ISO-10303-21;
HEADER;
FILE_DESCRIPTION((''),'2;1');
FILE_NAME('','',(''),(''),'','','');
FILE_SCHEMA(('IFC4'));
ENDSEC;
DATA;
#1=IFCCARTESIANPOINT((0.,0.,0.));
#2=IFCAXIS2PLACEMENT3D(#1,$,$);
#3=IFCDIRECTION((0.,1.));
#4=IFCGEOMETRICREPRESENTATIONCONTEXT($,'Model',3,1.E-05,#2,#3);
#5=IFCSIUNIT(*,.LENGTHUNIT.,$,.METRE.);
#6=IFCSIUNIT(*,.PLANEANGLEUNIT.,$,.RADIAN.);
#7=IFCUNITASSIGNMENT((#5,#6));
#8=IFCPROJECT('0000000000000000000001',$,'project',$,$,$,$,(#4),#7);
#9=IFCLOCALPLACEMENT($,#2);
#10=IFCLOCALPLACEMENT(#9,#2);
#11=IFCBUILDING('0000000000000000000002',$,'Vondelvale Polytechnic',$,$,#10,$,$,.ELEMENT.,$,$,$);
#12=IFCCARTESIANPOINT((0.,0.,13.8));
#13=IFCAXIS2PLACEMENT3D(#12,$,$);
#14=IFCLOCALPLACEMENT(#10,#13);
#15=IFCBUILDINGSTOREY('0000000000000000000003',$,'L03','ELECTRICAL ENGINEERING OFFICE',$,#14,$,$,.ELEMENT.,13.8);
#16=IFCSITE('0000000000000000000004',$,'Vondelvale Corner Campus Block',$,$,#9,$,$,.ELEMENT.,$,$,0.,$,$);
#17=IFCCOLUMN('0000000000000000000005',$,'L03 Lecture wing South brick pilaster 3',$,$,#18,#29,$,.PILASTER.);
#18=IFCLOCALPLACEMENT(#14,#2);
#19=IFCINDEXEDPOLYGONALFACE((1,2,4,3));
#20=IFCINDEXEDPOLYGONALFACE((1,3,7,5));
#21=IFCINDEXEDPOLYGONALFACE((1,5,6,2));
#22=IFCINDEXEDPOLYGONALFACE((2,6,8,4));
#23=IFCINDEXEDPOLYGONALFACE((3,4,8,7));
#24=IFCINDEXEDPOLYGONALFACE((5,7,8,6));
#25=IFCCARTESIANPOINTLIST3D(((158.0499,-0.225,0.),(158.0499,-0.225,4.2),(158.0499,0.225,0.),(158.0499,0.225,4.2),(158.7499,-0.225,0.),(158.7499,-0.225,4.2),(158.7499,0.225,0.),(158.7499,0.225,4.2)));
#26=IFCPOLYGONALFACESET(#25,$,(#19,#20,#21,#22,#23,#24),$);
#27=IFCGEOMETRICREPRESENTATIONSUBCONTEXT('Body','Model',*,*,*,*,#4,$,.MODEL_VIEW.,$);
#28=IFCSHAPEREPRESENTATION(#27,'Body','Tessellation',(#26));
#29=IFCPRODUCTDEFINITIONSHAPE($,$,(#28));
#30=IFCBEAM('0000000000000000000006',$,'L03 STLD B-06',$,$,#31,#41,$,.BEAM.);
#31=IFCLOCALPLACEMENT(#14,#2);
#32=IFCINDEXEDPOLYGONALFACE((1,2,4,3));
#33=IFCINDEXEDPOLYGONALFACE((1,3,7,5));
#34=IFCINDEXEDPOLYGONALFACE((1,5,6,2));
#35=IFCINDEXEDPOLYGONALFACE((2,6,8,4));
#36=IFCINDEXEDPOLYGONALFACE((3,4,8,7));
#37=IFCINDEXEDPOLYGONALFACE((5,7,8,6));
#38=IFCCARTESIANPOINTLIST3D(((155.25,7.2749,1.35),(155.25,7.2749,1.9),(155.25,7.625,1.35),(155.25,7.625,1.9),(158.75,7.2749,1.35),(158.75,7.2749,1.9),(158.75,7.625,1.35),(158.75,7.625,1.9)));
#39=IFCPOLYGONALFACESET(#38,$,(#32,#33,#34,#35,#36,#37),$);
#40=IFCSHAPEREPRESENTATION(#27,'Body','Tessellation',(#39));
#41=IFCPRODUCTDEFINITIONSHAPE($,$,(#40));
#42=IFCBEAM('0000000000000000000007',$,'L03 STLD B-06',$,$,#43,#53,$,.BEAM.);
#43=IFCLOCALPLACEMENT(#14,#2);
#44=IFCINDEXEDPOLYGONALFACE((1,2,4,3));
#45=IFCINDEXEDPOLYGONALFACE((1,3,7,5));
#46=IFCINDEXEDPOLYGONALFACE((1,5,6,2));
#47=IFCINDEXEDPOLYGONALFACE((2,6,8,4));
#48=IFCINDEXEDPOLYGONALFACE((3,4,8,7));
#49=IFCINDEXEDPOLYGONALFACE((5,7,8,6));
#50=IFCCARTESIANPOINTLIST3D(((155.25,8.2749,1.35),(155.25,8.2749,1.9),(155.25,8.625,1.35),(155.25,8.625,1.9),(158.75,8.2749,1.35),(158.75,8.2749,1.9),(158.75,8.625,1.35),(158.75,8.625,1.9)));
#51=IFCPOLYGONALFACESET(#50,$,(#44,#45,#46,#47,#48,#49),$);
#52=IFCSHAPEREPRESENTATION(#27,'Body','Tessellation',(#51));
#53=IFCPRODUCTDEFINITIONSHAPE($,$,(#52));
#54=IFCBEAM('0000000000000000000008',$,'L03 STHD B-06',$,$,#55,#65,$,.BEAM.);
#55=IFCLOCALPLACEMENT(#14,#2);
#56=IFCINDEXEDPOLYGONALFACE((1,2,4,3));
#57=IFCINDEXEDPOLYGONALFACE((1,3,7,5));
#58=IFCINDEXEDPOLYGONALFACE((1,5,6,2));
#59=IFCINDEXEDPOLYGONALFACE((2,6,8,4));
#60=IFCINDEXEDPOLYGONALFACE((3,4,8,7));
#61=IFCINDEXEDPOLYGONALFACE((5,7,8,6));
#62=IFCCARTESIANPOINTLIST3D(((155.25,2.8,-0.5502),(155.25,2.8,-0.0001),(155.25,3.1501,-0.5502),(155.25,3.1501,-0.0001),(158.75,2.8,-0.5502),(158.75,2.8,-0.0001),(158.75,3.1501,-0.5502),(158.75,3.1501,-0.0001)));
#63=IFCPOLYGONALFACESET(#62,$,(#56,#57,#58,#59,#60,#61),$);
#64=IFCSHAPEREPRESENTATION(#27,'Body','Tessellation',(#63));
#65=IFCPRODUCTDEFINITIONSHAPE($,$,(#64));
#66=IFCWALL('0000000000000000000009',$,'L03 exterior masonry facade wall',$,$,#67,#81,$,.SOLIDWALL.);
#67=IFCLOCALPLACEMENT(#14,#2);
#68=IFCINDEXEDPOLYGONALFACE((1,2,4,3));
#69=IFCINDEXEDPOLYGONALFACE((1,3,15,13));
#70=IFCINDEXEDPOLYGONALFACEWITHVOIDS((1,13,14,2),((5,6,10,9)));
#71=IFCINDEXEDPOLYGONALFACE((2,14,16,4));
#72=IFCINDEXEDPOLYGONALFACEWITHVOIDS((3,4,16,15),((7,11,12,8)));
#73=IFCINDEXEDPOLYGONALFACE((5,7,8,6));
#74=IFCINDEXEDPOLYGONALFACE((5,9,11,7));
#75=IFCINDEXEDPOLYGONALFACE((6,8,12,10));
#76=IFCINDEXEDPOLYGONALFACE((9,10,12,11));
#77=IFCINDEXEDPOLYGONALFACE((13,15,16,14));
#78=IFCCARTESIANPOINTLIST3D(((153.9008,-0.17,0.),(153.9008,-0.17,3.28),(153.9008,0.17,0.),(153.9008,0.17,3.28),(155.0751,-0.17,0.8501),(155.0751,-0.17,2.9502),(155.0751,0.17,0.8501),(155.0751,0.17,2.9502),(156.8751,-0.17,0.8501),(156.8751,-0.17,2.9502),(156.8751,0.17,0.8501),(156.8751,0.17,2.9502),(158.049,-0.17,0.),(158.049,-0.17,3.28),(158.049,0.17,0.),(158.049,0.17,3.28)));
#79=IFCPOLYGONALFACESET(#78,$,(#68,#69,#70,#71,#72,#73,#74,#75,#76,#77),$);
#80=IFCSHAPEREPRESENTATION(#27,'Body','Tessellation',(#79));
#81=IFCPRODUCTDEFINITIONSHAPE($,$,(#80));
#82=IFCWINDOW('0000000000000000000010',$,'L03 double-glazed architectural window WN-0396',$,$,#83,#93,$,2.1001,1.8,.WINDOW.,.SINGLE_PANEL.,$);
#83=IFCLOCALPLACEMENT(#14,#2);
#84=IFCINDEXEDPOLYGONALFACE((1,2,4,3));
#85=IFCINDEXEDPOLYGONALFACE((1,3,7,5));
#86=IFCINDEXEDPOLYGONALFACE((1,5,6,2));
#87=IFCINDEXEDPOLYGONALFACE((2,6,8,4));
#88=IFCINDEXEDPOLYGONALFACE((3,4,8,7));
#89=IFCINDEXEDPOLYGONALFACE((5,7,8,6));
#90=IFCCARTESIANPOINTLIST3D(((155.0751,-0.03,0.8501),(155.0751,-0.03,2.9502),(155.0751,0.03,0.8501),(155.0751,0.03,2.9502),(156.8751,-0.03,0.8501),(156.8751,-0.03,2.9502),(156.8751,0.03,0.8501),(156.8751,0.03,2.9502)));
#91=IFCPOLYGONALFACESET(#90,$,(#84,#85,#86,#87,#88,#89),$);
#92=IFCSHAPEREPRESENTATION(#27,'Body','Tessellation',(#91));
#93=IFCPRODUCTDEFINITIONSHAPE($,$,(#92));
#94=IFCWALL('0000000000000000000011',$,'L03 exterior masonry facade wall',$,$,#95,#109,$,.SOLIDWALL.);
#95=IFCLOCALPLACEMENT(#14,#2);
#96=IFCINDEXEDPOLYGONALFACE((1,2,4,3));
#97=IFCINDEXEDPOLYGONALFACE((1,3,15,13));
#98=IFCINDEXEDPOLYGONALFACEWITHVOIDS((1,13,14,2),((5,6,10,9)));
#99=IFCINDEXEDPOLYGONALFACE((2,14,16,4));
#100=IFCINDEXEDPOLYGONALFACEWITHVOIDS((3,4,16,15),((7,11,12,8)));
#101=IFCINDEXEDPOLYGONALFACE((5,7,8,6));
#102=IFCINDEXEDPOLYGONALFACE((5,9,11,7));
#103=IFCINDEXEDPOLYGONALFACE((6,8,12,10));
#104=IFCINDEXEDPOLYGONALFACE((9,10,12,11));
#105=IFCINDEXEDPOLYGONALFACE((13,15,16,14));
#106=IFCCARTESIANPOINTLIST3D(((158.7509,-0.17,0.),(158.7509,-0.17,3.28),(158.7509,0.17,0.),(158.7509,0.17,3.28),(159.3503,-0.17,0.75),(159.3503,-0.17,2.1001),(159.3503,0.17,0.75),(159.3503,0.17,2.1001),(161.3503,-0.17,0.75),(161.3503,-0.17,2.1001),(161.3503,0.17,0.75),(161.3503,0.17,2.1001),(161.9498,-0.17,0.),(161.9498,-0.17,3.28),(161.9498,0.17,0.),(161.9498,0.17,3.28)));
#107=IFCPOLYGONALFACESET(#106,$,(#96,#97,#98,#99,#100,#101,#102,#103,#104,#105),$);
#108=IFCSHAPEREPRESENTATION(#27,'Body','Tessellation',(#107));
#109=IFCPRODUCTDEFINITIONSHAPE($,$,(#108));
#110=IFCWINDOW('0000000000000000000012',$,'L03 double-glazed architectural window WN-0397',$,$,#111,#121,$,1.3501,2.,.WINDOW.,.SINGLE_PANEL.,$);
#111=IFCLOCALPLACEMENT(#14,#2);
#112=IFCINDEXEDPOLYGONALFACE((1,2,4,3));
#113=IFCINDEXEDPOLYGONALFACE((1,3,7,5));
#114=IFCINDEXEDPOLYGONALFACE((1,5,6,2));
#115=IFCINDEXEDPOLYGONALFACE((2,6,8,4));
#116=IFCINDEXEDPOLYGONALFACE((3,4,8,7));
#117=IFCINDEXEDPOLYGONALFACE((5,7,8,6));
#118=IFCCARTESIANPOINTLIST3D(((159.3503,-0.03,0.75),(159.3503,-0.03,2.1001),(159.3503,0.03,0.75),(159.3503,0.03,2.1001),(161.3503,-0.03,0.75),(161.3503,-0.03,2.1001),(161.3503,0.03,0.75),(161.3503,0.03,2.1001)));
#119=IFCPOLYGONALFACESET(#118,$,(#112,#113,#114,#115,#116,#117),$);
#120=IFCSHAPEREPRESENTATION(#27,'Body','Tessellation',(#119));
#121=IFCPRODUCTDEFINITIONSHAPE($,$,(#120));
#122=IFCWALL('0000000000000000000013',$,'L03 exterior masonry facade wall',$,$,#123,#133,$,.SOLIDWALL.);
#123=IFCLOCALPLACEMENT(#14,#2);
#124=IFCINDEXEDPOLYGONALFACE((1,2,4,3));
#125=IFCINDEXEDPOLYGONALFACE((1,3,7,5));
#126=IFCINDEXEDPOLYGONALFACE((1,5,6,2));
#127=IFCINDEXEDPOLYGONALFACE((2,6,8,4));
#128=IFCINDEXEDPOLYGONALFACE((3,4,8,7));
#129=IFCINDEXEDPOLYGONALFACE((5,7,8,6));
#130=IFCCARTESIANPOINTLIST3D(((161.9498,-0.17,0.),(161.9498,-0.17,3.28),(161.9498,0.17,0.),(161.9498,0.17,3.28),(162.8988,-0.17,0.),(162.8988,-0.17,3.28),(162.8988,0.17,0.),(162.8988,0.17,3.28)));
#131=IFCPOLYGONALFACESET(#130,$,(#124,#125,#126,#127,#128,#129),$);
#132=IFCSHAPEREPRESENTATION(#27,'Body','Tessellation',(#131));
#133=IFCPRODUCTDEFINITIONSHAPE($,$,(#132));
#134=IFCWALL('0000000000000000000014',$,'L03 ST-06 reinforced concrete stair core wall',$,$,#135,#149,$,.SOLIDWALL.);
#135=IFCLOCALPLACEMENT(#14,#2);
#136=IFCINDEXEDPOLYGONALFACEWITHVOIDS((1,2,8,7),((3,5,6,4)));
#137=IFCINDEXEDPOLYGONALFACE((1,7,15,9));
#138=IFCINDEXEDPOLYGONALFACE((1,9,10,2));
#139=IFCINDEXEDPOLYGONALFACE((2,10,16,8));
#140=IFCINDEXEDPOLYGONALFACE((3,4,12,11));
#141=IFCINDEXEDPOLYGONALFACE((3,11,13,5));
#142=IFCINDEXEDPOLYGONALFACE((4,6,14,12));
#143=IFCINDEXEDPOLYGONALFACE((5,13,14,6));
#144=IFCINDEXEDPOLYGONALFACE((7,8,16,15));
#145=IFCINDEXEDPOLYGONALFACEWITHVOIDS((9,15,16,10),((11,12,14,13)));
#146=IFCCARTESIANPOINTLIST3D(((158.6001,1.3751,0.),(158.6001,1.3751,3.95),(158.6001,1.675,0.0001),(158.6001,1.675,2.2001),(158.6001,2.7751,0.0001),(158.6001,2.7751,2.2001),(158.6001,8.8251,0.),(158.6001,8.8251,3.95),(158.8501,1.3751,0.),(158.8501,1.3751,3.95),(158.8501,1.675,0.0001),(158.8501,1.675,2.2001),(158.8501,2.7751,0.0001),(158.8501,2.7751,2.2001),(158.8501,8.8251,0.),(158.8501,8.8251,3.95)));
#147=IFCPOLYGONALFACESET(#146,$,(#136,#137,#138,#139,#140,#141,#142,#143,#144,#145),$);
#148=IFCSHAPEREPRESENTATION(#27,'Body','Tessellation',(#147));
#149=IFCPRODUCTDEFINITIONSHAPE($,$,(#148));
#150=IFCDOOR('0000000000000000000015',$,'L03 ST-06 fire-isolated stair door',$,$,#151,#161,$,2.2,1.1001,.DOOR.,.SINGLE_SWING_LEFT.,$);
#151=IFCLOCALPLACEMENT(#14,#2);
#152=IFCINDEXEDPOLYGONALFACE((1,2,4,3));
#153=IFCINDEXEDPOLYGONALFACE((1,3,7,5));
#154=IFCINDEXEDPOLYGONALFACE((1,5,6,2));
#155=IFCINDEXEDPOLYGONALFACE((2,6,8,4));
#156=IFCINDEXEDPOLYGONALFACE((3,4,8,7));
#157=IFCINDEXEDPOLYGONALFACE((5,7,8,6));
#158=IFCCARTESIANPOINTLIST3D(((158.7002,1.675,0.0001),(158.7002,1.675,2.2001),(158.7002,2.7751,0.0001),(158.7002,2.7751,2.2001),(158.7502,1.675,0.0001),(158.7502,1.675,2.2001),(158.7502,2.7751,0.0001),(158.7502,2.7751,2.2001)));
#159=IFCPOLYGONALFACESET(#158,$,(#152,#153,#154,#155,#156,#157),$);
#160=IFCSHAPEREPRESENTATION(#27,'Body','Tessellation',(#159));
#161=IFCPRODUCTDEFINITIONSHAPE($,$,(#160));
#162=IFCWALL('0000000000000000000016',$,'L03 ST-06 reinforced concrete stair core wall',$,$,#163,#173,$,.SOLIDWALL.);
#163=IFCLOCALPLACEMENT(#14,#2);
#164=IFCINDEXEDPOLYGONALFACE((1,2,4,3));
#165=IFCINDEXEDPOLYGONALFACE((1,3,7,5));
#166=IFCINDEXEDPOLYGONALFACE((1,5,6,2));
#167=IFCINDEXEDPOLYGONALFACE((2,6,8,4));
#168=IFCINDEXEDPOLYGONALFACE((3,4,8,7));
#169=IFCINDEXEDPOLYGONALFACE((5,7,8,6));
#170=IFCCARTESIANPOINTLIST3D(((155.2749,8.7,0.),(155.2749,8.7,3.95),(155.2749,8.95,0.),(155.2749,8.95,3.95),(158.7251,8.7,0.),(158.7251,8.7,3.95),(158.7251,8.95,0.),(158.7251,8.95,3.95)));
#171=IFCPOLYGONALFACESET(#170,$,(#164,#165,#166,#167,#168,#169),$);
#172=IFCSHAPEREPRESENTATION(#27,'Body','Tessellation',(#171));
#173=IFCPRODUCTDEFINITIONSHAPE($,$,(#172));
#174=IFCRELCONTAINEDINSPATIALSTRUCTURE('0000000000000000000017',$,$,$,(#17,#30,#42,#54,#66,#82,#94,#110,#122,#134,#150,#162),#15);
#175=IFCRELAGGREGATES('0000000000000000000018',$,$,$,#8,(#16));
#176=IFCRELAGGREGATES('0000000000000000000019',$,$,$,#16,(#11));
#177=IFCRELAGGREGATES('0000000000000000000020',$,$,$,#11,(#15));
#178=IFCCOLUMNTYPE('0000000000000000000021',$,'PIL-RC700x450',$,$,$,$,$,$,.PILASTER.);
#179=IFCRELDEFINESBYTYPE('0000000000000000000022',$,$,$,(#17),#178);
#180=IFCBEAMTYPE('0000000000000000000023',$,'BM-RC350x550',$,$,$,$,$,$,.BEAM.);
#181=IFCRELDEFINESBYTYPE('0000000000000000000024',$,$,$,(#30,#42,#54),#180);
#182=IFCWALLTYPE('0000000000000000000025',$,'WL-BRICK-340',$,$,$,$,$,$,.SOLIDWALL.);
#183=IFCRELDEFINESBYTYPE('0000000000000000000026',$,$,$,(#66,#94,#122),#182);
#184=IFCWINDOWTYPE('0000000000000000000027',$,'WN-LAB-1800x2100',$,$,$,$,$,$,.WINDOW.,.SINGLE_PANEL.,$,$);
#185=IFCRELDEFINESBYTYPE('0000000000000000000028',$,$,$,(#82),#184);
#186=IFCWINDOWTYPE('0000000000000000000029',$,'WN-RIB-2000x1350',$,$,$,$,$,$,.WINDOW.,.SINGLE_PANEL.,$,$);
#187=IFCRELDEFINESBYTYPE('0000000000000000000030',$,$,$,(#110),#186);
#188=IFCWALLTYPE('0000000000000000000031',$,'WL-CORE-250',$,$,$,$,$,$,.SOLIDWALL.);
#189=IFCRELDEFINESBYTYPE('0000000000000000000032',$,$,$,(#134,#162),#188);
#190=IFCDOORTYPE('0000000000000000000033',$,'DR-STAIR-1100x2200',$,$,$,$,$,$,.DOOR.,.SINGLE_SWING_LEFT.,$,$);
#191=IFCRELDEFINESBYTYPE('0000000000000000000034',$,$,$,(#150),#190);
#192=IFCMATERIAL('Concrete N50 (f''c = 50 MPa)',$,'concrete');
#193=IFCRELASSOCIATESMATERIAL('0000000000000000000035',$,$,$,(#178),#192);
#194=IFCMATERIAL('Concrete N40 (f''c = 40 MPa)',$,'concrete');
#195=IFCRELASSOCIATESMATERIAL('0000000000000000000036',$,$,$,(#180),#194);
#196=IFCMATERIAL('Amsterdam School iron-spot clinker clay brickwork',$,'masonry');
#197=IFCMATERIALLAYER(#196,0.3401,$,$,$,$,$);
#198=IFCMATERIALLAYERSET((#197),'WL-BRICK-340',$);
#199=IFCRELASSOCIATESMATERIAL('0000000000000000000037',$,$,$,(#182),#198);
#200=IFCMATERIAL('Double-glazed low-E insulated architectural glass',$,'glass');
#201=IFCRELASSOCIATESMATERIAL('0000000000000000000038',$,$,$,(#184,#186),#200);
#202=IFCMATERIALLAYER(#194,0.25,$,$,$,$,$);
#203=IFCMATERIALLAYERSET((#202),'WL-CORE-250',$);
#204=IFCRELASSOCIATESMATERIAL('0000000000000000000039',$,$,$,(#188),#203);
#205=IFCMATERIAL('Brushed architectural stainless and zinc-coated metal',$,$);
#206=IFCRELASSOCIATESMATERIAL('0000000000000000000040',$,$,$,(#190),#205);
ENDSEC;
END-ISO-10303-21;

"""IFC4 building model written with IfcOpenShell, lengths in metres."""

from ifc_helpers import new_model, si_unit, direction, frame, frame_2d, origin, origin_2d, place, context, subcontext, project, spatial, rectangle, extrude, material, layer, layer_set, material_profile, profile_set, type_object, element, fill, save


model = new_model("IFC4")

# Units and contexts
model_context = context("Model", 3, precision=1e-05, world=origin(), true_north=direction((0.0, 1.0)))
body_context = subcontext(model_context, "Body", "Model", "MODEL_VIEW")
ifc_project = project(units=[si_unit("LENGTHUNIT", "METRE"), si_unit("PLANEANGLEUNIT", "RADIAN")], contexts=[model_context])

# Site, building, storey
site_placement = place(None, origin())
site = spatial("IfcSite", under=ifc_project, at=site_placement, Name="Vondelvale Corner Campus Block", CompositionType="ELEMENT", RefElevation=0.0)
building_placement = place(site_placement, origin())
building = spatial("IfcBuilding", under=site, at=building_placement, Name="Vondelvale Polytechnic", CompositionType="ELEMENT")
storey_placement = place(building_placement, frame((0.0, 0.0, 13.8)))
storey = spatial("IfcBuildingStorey", under=building, at=storey_placement, Name="L03", Description="ELECTRICAL ENGINEERING OFFICE", CompositionType="ELEMENT", Elevation=13.8)

# Column
ifc_material_1 = material(Name="Concrete N50 (f'c = 50 MPa)", Category="concrete")
ifc_material_profile_1 = material_profile(ifc_material_1, rectangle(XDim=0.45, YDim=0.7, at=origin_2d()), Name="RC-PIL-700x450")
ifc_profile_set_1 = profile_set([ifc_material_profile_1], Name="Concrete N50 (f'c = 50 MPa)")
column_type = type_object("IfcColumnType", Name="PIL-RC700x450", PredefinedType="PILASTER", material=ifc_profile_set_1)
column_placement = place(storey_placement, frame((158.3999, 0.0, 0.0), z_axis=(0.0, 0.0, 1.0), x_axis=(0.0, 1.0, 0.0)))
element("IfcColumn", 1, at=column_placement, inside=storey, type_object=column_type, Name="L03 Lecture wing South brick pilaster 3", PredefinedType="PILASTER", context=body_context, shape_type="SweptSolid", body=[
    extrude(rectangle(XDim=0.45, YDim=0.7, at=origin_2d()), origin(), (0.0, 0.0, 1.0), 4.2),
])

# Beams
ifc_material_2 = material(Name="Concrete N40 (f'c = 40 MPa)", Category="concrete")
ifc_material_profile_2 = material_profile(ifc_material_2, rectangle(XDim=0.3501, YDim=0.55, at=origin_2d()), Name="RC-BM-350x550")
ifc_profile_set_2 = profile_set([ifc_material_profile_2], Name="Concrete N40 (f'c = 40 MPa)")
beam_type = type_object("IfcBeamType", Name="BM-RC350x550", PredefinedType="BEAM", material=ifc_profile_set_2)
for number, where, z_axis, x_axis, name in (
    (2, (158.75, 7.45, 1.625), (-1.0, 0.0, 0.0), (0.0, -1.0, 0.0), "L03 STLD B-06"),
    (3, (158.75, 8.45, 1.625), (-1.0, 0.0, 0.0), (0.0, -1.0, 0.0), "L03 STLD B-06"),
    (4, (158.75, 2.9751, -0.2751), (-1.0, 0.0, 0.0), (0.0, -1.0, 0.0), "L03 STHD B-06"),
):
    element("IfcBeam", number, at=place(storey_placement, frame(where, z_axis=z_axis, x_axis=x_axis)), inside=storey, type_object=beam_type, Name=name, PredefinedType="BEAM", context=body_context, shape_type="SweptSolid", body=[
        extrude(rectangle(XDim=0.3501, YDim=0.55, at=origin_2d()), origin(), (0.0, 0.0, 1.0), 3.5),
    ])

# Walls, openings, windows
ifc_material_3 = material(Name="Amsterdam School iron-spot clinker clay brickwork", Category="masonry")
ifc_layer_1 = layer(ifc_material_3, 0.3401)
ifc_layer_set_1 = layer_set([ifc_layer_1], Name="WL-BRICK-340")
wall_type_1 = type_object("IfcWallType", Name="WL-BRICK-340", PredefinedType="SOLIDWALL", material=ifc_layer_set_1)
wall_1_placement = place(storey_placement, frame((158.0491, 0.0, 0.0), z_axis=(0.0, 0.0, 1.0), x_axis=(-1.0, 0.0, 0.0)))
wall_1 = element("IfcWall", 5, at=wall_1_placement, inside=storey, type_object=wall_type_1, Name="L03 exterior masonry facade wall", PredefinedType="SOLIDWALL", context=body_context, shape_type="SweptSolid", body=[
    extrude(rectangle(XDim=4.1482, YDim=0.3401, at=frame_2d((2.0742, 0.0))), origin(), (0.0, 0.0, 1.0), 3.28),
])
opening_1_placement = place(wall_1_placement, frame((1.1741, 0.0, 0.8501)))
opening_1 = element("IfcOpeningElement", 6, at=opening_1_placement, cuts=wall_1, PredefinedType="OPENING", context=body_context, shape_type="SweptSolid", body=[
    extrude(rectangle(XDim=1.8, YDim=2.1001, at=frame_2d((0.8999, 1.05))), frame((0.0, 0.1799, 0.0), z_axis=(0.0, -1.0, 0.0), x_axis=(1.0, 0.0, 0.0)), (0.0, 0.0, 1.0), 0.3601),
])
ifc_material_4 = material(Name="Double-glazed low-E insulated architectural glass", Category="glass")
window_type_1 = type_object("IfcWindowType", Name="WN-LAB-1800x2100", PartitioningType="SINGLE_PANEL", PredefinedType="WINDOW", material=ifc_material_4)
window_1_placement = place(opening_1_placement, origin())
window_1 = element("IfcWindow", 7, at=window_1_placement, inside=storey, type_object=window_type_1, Name="L03 double-glazed architectural window WN-0396", OverallHeight=2.1001, OverallWidth=1.8, PartitioningType="SINGLE_PANEL", PredefinedType="WINDOW", context=body_context, shape_type="SweptSolid", body=[
    extrude(rectangle(XDim=1.8, YDim=2.1001, at=frame_2d((0.8999, 1.05))), frame((0.0, 0.03, 0.0), z_axis=(0.0, -1.0, 0.0), x_axis=(1.0, 0.0, 0.0)), (0.0, 0.0, 1.0), 0.0601),
])
fill(opening_1, window_1)
wall_2_placement = place(storey_placement, frame((161.95, 0.0, 0.0), z_axis=(0.0, 0.0, 1.0), x_axis=(-1.0, 0.0, 0.0)))
wall_2 = element("IfcWall", 8, at=wall_2_placement, inside=storey, type_object=wall_type_1, Name="L03 exterior masonry facade wall", PredefinedType="SOLIDWALL", context=body_context, shape_type="SweptSolid", body=[
    extrude(rectangle(XDim=3.199, YDim=0.3401, at=frame_2d((1.5996, 0.0))), origin(), (0.0, 0.0, 1.0), 3.28),
])
opening_2_placement = place(wall_2_placement, frame((0.5996, 0.0, 0.75)))
opening_2 = element("IfcOpeningElement", 9, at=opening_2_placement, cuts=wall_2, PredefinedType="OPENING", context=body_context, shape_type="SweptSolid", body=[
    extrude(rectangle(XDim=2.0, YDim=1.3501, at=frame_2d((1.0, 0.675))), frame((0.0, 0.1799, 0.0), z_axis=(0.0, -1.0, 0.0), x_axis=(1.0, 0.0, 0.0)), (0.0, 0.0, 1.0), 0.3601),
])
window_type_2 = type_object("IfcWindowType", Name="WN-RIB-2000x1350", PartitioningType="SINGLE_PANEL", PredefinedType="WINDOW", material=ifc_material_4)
window_2_placement = place(opening_2_placement, origin())
window_2 = element("IfcWindow", 10, at=window_2_placement, inside=storey, type_object=window_type_2, Name="L03 double-glazed architectural window WN-0397", OverallHeight=1.3501, OverallWidth=2.0, PartitioningType="SINGLE_PANEL", PredefinedType="WINDOW", context=body_context, shape_type="SweptSolid", body=[
    extrude(rectangle(XDim=2.0, YDim=1.3501, at=frame_2d((1.0, 0.675))), frame((0.0, 0.03, 0.0), z_axis=(0.0, -1.0, 0.0), x_axis=(1.0, 0.0, 0.0)), (0.0, 0.0, 1.0), 0.0601),
])
fill(opening_2, window_2)

# Wall
wall_3_placement = place(storey_placement, frame((162.8989, 0.0, 0.0), z_axis=(0.0, 0.0, 1.0), x_axis=(-1.0, 0.0, 0.0)))
element("IfcWall", 11, at=wall_3_placement, inside=storey, type_object=wall_type_1, Name="L03 exterior masonry facade wall", PredefinedType="SOLIDWALL", context=body_context, shape_type="SweptSolid", body=[
    extrude(rectangle(XDim=0.949, YDim=0.3401, at=frame_2d((0.4746, 0.0))), origin(), (0.0, 0.0, 1.0), 3.28),
])

# Wall, opening, door
ifc_layer_2 = layer(ifc_material_2, 0.25)
ifc_layer_set_2 = layer_set([ifc_layer_2], Name="WL-CORE-250")
wall_type_2 = type_object("IfcWallType", Name="WL-CORE-250", PredefinedType="SOLIDWALL", material=ifc_layer_set_2)
wall_4_placement = place(storey_placement, frame((158.7251, 1.375, 0.0), z_axis=(0.0, 0.0, 1.0), x_axis=(0.0, 1.0, 0.0)))
wall_4 = element("IfcWall", 12, at=wall_4_placement, inside=storey, type_object=wall_type_2, Name="L03 ST-06 reinforced concrete stair core wall", PredefinedType="SOLIDWALL", context=body_context, shape_type="SweptSolid", body=[
    extrude(rectangle(XDim=7.45, YDim=0.25, at=frame_2d((3.7251, 0.0))), origin(), (0.0, 0.0, 1.0), 3.95),
])
opening_3_placement = place(wall_4_placement, frame((0.3, 0.0, 0.0)))
opening_3 = element("IfcOpeningElement", 13, at=opening_3_placement, cuts=wall_4, PredefinedType="OPENING", context=body_context, shape_type="SweptSolid", body=[
    extrude(rectangle(XDim=1.1001, YDim=2.2, at=frame_2d((0.55, 1.1001))), frame((0.0, 0.135, 0.0), z_axis=(0.0, -1.0, 0.0), x_axis=(1.0, 0.0, 0.0)), (0.0, 0.0, 1.0), 0.27),
])
ifc_material_5 = material(Name="Brushed architectural stainless and zinc-coated metal")
door_type_1 = type_object("IfcDoorType", Name="DR-STAIR-1100x2200", OperationType="SINGLE_SWING_LEFT", PredefinedType="DOOR", material=ifc_material_5)
door_1_placement = place(opening_3_placement, origin())
door_1 = element("IfcDoor", 14, at=door_1_placement, inside=storey, type_object=door_type_1, Name="L03 ST-06 fire-isolated stair door", OperationType="SINGLE_SWING_LEFT", OverallHeight=2.2, OverallWidth=1.1001, PredefinedType="DOOR", context=body_context, shape_type="SweptSolid", body=[
    extrude(rectangle(XDim=1.1001, YDim=2.2, at=frame_2d((0.55, 1.1001))), frame((0.0, 0.0249, 0.0), z_axis=(0.0, -1.0, 0.0), x_axis=(1.0, 0.0, 0.0)), (0.0, 0.0, 1.0), 0.05),
])
fill(opening_3, door_1)

# Wall
wall_5_placement = place(storey_placement, frame((158.7251, 8.825, 0.0), z_axis=(0.0, 0.0, 1.0), x_axis=(-1.0, 0.0, 0.0)))
element("IfcWall", 15, at=wall_5_placement, inside=storey, type_object=wall_type_2, Name="L03 ST-06 reinforced concrete stair core wall", PredefinedType="SOLIDWALL", context=body_context, shape_type="SweptSolid", body=[
    extrude(rectangle(XDim=3.4502, YDim=0.25, at=frame_2d((1.7251, 0.0))), origin(), (0.0, 0.0, 1.0), 3.95),
])

save(model, "model.ifc")
